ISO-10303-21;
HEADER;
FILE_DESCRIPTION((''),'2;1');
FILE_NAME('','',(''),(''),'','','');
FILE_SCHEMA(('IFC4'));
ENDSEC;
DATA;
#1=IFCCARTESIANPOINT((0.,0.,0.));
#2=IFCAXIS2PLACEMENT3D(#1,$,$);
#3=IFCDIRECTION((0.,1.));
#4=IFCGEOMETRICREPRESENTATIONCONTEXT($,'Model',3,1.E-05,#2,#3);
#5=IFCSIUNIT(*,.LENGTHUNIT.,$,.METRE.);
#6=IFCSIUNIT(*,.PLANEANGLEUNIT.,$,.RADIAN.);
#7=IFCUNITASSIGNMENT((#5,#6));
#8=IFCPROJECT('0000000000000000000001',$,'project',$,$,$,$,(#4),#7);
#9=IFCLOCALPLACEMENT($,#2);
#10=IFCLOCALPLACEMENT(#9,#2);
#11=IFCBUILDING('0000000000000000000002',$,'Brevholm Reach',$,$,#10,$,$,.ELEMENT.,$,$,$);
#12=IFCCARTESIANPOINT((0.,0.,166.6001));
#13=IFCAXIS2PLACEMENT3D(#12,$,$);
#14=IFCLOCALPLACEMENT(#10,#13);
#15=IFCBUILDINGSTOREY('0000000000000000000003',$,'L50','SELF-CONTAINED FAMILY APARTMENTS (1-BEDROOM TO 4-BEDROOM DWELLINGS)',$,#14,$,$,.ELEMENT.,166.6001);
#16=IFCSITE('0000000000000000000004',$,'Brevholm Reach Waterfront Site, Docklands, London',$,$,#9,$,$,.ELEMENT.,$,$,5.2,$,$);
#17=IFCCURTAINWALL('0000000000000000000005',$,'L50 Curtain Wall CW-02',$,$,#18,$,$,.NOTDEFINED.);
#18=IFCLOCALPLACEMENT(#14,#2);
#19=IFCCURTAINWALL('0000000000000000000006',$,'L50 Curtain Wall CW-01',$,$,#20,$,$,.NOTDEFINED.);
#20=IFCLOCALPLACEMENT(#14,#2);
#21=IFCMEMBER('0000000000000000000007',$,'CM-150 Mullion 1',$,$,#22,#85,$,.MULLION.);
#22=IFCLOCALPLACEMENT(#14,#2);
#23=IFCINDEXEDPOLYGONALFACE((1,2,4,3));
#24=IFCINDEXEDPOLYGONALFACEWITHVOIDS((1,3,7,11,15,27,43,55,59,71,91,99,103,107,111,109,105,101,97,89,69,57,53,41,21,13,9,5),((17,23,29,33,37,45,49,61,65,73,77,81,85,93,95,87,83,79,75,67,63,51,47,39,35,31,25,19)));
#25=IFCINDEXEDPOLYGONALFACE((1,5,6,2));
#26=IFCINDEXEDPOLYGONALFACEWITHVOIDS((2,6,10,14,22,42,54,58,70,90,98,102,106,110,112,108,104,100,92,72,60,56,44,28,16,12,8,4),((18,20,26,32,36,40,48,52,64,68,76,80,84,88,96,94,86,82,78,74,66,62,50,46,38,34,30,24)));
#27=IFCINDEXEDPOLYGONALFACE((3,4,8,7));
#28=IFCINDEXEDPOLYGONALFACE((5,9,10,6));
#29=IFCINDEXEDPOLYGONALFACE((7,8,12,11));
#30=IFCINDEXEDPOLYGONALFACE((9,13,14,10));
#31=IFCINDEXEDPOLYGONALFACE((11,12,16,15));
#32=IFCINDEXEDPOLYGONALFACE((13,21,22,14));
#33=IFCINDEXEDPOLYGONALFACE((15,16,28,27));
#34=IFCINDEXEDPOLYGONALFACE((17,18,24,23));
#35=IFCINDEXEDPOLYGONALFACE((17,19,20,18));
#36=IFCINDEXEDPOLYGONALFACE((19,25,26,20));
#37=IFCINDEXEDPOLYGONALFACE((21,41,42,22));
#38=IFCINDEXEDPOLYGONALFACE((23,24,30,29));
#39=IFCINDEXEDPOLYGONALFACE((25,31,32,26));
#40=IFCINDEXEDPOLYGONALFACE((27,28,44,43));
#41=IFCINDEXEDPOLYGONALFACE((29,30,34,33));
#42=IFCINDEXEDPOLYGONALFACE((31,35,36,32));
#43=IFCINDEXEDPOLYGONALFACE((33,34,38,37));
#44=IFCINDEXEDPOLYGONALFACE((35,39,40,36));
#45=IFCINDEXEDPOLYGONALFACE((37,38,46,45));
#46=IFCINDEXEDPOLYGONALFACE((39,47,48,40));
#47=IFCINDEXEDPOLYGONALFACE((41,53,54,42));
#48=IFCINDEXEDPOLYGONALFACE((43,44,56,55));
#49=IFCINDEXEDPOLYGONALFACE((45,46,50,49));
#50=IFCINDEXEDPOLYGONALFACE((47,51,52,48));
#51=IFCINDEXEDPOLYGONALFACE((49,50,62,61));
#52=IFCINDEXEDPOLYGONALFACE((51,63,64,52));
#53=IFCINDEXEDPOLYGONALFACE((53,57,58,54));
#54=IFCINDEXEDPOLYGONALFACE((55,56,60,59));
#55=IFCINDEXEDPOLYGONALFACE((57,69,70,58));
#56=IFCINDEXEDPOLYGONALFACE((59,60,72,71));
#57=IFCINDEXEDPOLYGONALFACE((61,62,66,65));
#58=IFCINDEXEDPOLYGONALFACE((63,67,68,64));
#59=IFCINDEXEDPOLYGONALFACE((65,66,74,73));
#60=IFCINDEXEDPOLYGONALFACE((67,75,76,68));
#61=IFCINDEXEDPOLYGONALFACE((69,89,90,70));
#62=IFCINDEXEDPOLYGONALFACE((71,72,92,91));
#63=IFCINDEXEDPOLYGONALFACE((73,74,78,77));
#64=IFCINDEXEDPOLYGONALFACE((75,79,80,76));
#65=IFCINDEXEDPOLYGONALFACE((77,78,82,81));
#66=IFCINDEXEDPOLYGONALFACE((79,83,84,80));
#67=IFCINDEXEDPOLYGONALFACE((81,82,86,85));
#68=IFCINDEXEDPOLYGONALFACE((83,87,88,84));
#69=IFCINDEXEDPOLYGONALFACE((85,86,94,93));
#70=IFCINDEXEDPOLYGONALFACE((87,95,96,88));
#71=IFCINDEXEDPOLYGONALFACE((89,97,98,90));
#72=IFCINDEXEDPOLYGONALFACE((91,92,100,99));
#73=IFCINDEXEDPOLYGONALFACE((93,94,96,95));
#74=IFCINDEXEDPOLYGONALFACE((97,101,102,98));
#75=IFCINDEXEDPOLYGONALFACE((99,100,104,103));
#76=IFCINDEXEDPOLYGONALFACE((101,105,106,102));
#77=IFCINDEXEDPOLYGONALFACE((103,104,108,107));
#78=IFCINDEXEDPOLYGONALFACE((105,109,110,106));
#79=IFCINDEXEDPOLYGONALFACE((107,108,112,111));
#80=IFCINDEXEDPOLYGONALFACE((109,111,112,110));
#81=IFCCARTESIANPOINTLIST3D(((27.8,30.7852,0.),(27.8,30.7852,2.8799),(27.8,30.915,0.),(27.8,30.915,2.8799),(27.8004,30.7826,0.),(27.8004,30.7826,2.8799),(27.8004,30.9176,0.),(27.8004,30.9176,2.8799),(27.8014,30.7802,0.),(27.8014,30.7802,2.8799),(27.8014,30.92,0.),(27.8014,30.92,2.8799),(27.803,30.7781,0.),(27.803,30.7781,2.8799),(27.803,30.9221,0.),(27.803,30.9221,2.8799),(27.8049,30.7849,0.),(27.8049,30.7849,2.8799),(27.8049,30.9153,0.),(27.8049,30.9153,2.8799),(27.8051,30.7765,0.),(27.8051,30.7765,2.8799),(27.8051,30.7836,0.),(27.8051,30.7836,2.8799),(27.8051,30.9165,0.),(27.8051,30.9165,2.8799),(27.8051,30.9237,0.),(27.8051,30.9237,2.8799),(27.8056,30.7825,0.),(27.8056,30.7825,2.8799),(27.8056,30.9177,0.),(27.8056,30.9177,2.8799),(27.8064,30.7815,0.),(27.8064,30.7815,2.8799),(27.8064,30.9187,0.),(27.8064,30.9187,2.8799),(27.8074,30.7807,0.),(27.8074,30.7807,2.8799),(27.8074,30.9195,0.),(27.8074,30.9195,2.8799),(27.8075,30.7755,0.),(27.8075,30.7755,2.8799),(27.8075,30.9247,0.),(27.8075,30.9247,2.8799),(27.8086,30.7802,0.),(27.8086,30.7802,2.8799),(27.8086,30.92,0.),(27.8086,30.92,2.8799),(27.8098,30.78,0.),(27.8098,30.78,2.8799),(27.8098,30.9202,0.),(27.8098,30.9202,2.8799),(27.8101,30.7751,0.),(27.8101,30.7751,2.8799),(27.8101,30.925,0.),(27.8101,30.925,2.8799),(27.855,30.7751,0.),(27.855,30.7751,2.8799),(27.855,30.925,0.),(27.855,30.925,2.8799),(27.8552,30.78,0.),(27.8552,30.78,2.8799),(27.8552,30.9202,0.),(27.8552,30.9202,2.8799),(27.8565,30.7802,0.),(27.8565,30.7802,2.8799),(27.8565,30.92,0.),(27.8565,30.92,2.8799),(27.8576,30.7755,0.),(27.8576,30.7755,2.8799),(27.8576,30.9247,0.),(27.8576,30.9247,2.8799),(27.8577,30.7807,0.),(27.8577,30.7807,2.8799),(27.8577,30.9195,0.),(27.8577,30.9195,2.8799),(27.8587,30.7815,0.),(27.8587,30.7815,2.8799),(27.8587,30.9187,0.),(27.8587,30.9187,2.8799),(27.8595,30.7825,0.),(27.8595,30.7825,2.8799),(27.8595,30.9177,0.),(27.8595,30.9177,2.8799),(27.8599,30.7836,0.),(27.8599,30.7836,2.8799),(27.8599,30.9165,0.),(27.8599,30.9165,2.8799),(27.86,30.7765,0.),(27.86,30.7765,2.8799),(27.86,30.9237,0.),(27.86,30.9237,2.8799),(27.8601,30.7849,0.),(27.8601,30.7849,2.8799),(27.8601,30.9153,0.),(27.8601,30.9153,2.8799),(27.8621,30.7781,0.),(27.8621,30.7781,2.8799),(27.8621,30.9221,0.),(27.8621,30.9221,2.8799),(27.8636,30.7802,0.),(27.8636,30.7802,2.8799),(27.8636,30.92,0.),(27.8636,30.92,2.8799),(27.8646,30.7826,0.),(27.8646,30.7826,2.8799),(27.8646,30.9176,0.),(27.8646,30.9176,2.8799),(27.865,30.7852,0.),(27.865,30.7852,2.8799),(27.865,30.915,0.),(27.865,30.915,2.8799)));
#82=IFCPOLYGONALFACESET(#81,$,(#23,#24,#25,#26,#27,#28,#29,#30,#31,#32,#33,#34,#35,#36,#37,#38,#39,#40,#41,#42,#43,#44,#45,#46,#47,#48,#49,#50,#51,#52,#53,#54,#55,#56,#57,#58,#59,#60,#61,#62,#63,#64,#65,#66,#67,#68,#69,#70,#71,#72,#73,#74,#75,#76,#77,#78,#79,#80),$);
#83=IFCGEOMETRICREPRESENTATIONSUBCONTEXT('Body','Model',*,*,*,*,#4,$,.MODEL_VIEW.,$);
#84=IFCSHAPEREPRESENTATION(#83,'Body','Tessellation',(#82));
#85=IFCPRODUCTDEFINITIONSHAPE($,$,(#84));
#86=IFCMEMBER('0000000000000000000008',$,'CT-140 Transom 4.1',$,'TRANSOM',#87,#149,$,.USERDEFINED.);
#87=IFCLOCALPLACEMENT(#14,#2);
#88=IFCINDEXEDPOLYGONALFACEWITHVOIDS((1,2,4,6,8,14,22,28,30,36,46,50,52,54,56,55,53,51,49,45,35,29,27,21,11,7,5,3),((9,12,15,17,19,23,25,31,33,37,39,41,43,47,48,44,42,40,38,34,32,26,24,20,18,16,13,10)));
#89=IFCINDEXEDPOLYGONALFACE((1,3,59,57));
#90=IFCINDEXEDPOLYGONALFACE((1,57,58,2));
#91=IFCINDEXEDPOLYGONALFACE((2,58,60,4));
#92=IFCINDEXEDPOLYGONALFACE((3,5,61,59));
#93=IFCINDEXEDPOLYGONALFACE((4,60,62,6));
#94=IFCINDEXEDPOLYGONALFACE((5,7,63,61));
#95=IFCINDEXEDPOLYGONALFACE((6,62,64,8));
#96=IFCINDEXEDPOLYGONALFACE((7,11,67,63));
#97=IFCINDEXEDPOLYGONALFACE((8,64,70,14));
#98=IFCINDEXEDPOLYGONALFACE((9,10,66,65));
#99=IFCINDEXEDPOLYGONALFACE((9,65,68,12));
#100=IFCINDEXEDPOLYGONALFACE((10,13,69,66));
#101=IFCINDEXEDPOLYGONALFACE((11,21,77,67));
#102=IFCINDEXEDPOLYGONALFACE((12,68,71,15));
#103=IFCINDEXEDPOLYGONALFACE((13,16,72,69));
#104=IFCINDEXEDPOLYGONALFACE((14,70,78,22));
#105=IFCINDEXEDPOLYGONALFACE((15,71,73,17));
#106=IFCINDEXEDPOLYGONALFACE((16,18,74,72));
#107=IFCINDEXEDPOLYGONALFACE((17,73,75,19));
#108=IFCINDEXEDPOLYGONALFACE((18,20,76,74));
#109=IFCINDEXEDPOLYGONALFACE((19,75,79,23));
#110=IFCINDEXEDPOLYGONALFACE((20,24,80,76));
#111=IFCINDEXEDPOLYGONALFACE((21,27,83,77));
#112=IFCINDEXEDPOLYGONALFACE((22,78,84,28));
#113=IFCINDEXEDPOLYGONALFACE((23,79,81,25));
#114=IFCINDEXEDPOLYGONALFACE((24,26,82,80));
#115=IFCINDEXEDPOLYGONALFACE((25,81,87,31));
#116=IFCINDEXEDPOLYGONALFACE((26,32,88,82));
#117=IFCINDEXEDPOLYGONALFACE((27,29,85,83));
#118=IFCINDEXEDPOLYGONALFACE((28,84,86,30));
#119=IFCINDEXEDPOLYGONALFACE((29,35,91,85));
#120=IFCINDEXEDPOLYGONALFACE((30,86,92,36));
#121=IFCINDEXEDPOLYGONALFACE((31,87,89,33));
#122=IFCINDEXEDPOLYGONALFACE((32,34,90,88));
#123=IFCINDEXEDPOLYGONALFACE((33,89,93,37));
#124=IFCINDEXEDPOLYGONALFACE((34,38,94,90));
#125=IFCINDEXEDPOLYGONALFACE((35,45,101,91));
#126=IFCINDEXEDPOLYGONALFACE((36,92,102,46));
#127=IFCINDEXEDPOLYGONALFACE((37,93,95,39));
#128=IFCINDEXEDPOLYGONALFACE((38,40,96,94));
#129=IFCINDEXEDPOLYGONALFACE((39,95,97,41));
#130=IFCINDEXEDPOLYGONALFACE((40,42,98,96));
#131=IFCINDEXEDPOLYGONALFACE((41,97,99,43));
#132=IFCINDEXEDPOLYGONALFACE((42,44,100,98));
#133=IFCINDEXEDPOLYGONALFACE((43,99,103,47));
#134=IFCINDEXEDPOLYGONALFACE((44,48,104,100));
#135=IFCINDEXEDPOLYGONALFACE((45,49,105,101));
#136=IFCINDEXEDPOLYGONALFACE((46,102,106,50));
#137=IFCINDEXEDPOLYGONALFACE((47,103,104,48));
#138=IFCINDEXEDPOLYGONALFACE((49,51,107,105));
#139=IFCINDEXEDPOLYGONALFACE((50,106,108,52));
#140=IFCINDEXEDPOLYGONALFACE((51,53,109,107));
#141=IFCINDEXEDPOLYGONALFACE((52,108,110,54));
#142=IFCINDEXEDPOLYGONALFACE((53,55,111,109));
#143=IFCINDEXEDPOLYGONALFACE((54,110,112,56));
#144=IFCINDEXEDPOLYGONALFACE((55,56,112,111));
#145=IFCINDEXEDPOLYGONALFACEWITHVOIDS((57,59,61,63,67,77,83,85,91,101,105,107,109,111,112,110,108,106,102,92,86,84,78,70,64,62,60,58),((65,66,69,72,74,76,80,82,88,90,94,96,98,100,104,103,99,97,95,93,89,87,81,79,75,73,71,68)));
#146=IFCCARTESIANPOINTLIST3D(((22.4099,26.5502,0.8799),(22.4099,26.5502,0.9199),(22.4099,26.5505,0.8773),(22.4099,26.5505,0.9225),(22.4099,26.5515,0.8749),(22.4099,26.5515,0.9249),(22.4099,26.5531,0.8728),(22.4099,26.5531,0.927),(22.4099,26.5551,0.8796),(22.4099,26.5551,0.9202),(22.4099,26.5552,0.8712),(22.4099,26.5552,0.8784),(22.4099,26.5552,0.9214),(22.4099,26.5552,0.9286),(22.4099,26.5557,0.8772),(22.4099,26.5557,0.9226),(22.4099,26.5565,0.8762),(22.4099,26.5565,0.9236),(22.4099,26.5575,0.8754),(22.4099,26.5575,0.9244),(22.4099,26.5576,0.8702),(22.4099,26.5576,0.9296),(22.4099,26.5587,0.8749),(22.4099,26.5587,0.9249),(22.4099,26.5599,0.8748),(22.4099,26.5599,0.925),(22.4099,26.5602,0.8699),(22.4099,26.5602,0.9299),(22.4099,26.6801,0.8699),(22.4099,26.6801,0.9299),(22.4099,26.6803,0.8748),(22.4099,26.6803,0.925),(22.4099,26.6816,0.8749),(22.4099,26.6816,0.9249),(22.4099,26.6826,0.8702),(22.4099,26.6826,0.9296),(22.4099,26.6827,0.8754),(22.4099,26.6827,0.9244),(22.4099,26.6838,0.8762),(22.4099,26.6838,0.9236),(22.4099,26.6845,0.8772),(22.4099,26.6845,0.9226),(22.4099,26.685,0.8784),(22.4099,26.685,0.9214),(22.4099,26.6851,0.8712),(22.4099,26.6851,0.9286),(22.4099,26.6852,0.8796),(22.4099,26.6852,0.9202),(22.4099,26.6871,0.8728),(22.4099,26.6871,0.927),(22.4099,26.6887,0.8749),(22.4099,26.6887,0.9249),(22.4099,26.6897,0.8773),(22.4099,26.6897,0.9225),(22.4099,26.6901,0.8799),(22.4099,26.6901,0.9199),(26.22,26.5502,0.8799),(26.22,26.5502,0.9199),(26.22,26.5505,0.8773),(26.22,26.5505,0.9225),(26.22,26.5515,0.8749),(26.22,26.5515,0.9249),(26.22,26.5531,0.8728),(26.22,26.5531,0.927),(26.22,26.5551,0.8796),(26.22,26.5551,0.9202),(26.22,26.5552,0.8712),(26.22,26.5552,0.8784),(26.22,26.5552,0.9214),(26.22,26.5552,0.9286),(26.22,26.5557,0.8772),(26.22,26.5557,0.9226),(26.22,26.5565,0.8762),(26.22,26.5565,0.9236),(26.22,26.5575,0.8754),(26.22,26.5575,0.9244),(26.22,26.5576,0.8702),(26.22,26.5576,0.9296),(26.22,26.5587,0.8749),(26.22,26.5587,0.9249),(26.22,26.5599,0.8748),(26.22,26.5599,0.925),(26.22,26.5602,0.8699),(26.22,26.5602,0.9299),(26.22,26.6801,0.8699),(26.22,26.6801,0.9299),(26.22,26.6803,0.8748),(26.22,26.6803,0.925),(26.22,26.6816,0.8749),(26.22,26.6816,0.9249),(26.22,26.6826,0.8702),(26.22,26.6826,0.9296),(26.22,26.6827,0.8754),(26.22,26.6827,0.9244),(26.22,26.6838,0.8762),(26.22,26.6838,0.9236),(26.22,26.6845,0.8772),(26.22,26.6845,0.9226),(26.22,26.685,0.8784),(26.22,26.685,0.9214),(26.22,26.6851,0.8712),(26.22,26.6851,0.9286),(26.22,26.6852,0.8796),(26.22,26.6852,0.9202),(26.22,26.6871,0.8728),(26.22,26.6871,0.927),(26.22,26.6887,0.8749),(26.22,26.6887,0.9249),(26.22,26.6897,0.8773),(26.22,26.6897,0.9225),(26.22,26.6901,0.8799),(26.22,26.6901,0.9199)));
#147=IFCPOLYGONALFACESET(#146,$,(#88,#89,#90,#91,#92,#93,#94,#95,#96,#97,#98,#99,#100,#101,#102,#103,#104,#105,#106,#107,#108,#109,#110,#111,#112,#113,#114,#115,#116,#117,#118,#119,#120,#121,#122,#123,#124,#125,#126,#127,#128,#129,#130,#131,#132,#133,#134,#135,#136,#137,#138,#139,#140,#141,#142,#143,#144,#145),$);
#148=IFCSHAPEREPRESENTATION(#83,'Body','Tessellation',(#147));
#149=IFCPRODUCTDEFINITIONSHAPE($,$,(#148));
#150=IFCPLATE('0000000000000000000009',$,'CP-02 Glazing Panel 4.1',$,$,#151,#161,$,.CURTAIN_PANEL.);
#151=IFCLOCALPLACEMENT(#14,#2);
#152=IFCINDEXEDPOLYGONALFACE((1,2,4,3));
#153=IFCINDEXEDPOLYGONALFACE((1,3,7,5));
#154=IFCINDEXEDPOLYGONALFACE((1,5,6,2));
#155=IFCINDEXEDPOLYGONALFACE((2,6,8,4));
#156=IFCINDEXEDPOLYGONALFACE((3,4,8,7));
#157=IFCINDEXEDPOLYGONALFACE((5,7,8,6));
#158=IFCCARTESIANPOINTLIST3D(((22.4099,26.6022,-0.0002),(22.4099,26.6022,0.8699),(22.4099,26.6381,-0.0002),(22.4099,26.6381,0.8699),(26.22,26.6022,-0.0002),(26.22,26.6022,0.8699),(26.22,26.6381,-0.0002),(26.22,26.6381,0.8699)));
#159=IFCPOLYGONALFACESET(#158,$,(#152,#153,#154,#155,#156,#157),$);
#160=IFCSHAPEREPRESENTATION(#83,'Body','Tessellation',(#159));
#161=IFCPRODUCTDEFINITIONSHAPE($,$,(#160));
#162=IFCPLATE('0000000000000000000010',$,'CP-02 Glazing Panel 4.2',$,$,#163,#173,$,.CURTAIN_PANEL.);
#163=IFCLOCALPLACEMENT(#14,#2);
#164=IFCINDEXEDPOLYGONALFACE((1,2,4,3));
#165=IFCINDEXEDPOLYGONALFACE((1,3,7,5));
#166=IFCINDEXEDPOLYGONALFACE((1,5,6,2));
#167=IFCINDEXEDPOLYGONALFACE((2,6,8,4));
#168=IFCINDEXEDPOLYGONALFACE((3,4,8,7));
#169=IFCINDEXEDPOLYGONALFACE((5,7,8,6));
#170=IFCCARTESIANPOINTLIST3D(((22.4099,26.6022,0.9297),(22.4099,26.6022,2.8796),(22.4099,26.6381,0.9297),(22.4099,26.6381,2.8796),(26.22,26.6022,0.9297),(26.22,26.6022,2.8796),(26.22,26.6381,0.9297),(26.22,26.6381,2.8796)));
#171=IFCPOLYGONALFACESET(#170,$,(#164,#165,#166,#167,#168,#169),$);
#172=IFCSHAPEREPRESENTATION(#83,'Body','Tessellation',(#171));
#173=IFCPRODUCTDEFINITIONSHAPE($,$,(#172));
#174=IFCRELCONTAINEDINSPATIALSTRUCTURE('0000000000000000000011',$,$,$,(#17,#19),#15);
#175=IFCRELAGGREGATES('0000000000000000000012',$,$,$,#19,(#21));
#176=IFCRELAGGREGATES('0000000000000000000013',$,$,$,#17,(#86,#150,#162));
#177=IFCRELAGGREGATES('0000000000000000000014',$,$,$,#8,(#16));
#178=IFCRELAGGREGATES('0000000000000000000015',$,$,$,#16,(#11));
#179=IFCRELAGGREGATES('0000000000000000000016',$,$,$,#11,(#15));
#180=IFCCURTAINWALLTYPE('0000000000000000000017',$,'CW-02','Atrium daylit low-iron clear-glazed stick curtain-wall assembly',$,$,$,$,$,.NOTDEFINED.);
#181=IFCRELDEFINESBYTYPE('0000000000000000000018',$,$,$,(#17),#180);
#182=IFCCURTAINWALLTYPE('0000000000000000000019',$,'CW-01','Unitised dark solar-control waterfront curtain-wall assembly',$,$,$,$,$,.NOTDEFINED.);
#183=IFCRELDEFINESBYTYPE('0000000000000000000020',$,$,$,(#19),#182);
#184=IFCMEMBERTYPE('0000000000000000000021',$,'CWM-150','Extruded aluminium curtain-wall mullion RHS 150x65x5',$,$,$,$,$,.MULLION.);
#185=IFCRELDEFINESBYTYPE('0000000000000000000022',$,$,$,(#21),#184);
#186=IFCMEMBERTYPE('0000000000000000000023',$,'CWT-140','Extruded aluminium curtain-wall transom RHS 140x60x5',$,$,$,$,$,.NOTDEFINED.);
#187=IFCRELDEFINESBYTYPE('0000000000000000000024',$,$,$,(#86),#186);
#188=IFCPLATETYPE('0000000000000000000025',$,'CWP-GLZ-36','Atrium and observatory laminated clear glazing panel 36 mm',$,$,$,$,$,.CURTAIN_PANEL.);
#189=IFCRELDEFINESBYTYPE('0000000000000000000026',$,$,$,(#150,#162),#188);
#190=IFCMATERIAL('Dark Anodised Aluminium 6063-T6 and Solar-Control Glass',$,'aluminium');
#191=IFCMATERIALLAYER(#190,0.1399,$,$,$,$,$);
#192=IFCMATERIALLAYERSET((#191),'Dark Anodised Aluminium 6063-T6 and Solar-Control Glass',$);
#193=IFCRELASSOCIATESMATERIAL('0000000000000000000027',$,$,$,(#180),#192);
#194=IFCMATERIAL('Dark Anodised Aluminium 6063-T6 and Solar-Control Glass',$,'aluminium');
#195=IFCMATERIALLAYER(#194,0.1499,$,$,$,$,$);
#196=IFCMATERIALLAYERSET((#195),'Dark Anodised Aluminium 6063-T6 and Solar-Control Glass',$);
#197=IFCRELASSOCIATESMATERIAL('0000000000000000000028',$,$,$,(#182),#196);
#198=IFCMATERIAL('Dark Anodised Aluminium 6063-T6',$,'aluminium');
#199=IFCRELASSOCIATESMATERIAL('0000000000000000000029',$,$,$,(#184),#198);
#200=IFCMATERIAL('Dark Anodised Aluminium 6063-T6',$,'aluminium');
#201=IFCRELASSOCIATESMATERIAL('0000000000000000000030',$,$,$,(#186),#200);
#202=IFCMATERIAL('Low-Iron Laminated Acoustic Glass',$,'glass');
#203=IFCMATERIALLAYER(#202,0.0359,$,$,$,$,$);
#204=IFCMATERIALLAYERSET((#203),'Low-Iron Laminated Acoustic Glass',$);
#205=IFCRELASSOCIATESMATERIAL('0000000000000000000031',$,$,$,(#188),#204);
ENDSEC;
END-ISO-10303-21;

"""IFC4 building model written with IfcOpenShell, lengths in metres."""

from ifc_helpers import new_model, si_unit, direction, frame, origin, origin_2d, place, context, subcontext, project, spatial, rectangle, hollow_rectangle, extrude, material, layer, layer_set, material_profile, profile_set, type_object, element, aggregate, save


model = new_model("IFC4")

# Units and contexts
model_context = context("Model", 3, precision=1e-05, world=origin(), true_north=direction((0.0, 1.0)))
body_context = subcontext(model_context, "Body", "Model", "MODEL_VIEW")
ifc_project = project(units=[si_unit("LENGTHUNIT", "METRE"), si_unit("PLANEANGLEUNIT", "RADIAN")], contexts=[model_context])

# Site, building, storey
site_placement = place(None, origin())
site = spatial("IfcSite", under=ifc_project, at=site_placement, Name="Brevholm Reach Waterfront Site, Docklands, London", CompositionType="ELEMENT", RefElevation=5.2)
building_placement = place(site_placement, origin())
building = spatial("IfcBuilding", under=site, at=building_placement, Name="Brevholm Reach", CompositionType="ELEMENT")
storey_placement = place(building_placement, frame((0.0, 0.0, 166.6001)))
storey = spatial("IfcBuildingStorey", under=building, at=storey_placement, Name="L50", Description="SELF-CONTAINED FAMILY APARTMENTS (1-BEDROOM TO 4-BEDROOM DWELLINGS)", CompositionType="ELEMENT", Elevation=166.6001)

# Curtain wall
ifc_material_1 = material(Name="Dark Anodised Aluminium 6063-T6 and Solar-Control Glass", Category="aluminium")
ifc_layer_1 = layer(ifc_material_1, 0.1399)
ifc_layer_set_1 = layer_set([ifc_layer_1], Name="Dark Anodised Aluminium 6063-T6 and Solar-Control Glass")
curtain_wall_type_1 = type_object("IfcCurtainWallType", Name="CW-02", Description="Atrium daylit low-iron clear-glazed stick curtain-wall assembly", PredefinedType="NOTDEFINED", material=ifc_layer_set_1)
curtain_wall_1_placement = place(storey_placement, origin())
curtain_wall_1 = element("IfcCurtainWall", 1, at=curtain_wall_1_placement, inside=storey, type_object=curtain_wall_type_1, Name="L50 Curtain Wall CW-02", PredefinedType="NOTDEFINED")

# Curtain wall, member
ifc_material_2 = material(Name="Dark Anodised Aluminium 6063-T6 and Solar-Control Glass", Category="aluminium")
ifc_layer_2 = layer(ifc_material_2, 0.1499)
ifc_layer_set_2 = layer_set([ifc_layer_2], Name="Dark Anodised Aluminium 6063-T6 and Solar-Control Glass")
curtain_wall_type_2 = type_object("IfcCurtainWallType", Name="CW-01", Description="Unitised dark solar-control waterfront curtain-wall assembly", PredefinedType="NOTDEFINED", material=ifc_layer_set_2)
curtain_wall_2_placement = place(storey_placement, origin())
curtain_wall_2 = element("IfcCurtainWall", 2, at=curtain_wall_2_placement, inside=storey, type_object=curtain_wall_type_2, Name="L50 Curtain Wall CW-01", PredefinedType="NOTDEFINED")
ifc_material_3 = material(Name="Dark Anodised Aluminium 6063-T6", Category="aluminium")
ifc_material_profile_1 = material_profile(ifc_material_3, hollow_rectangle(XDim=0.0649, YDim=0.1499, WallThickness=0.0049, InnerFilletRadius=0.0049, OuterFilletRadius=0.01, at=origin_2d()), Name="RHS 150x65x5")
ifc_profile_set_1 = profile_set([ifc_material_profile_1], Name="Dark Anodised Aluminium 6063-T6")
member_type_1 = type_object("IfcMemberType", Name="CWM-150", Description="Extruded aluminium curtain-wall mullion RHS 150x65x5", PredefinedType="MULLION", material=ifc_profile_set_1)
member_1_placement = place(storey_placement, frame((27.8325, 30.8501, 0.0), z_axis=(0.0, 0.0, 1.0), x_axis=(1.0, 0.0, 0.0)))
member_1 = element("IfcMember", 3, at=member_1_placement, type_object=member_type_1, Name="CM-150 Mullion 1", PredefinedType="MULLION", context=body_context, shape_type="SweptSolid", body=[
    extrude(hollow_rectangle(XDim=0.0649, YDim=0.1499, WallThickness=0.0049, InnerFilletRadius=0.0049, OuterFilletRadius=0.01, at=origin_2d()), origin(), (0.0, 0.0, 1.0), 2.8799),
])
aggregate(curtain_wall_2, [member_1])

# Member
ifc_material_4 = material(Name="Dark Anodised Aluminium 6063-T6", Category="aluminium")
ifc_material_profile_2 = material_profile(ifc_material_4, hollow_rectangle(XDim=0.0601, YDim=0.1399, WallThickness=0.0049, InnerFilletRadius=0.0049, OuterFilletRadius=0.01, at=origin_2d()), Name="RHS 140x60x5")
ifc_profile_set_2 = profile_set([ifc_material_profile_2], Name="Dark Anodised Aluminium 6063-T6")
member_type_2 = type_object("IfcMemberType", Name="CWT-140", Description="Extruded aluminium curtain-wall transom RHS 140x60x5", PredefinedType="NOTDEFINED", material=ifc_profile_set_2)
member_2_placement = place(storey_placement, frame((26.22, 26.6201, 0.8999), z_axis=(-1.0, 0.0, 0.0), x_axis=(0.0, 0.0, 1.0)))
member_2 = element("IfcMember", 4, at=member_2_placement, type_object=member_type_2, Name="CT-140 Transom 4.1", ObjectType="TRANSOM", PredefinedType="USERDEFINED", context=body_context, shape_type="SweptSolid", body=[
    extrude(hollow_rectangle(XDim=0.0601, YDim=0.1399, WallThickness=0.0049, InnerFilletRadius=0.0049, OuterFilletRadius=0.01, at=origin_2d()), origin(), (0.0, 0.0, 1.0), 3.8101),
])

# Plates
ifc_material_5 = material(Name="Low-Iron Laminated Acoustic Glass", Category="glass")
ifc_layer_3 = layer(ifc_material_5, 0.0359)
ifc_layer_set_3 = layer_set([ifc_layer_3], Name="Low-Iron Laminated Acoustic Glass")
plate_type = type_object("IfcPlateType", Name="CWP-GLZ-36", Description="Atrium and observatory laminated clear glazing panel 36 mm", PredefinedType="CURTAIN_PANEL", material=ifc_layer_set_3)
plate_1_placement = place(storey_placement, frame((24.3149, 26.6201, -0.0002), z_axis=(0.0, 0.0, 1.0), x_axis=(-1.0, 0.0, 0.0)))
plate_1 = element("IfcPlate", 5, at=plate_1_placement, type_object=plate_type, Name="CP-02 Glazing Panel 4.1", PredefinedType="CURTAIN_PANEL", context=body_context, shape_type="SweptSolid", body=[
    extrude(rectangle(XDim=3.8101, YDim=0.0359, at=origin_2d()), origin(), (0.0, 0.0, 1.0), 0.8701),
])
plate_2_placement = place(storey_placement, frame((24.3149, 26.6201, 0.9297), z_axis=(0.0, 0.0, 1.0), x_axis=(-1.0, 0.0, 0.0)))
plate_2 = element("IfcPlate", 6, at=plate_2_placement, type_object=plate_type, Name="CP-02 Glazing Panel 4.2", PredefinedType="CURTAIN_PANEL", context=body_context, shape_type="SweptSolid", body=[
    extrude(rectangle(XDim=3.8101, YDim=0.0359, at=origin_2d()), origin(), (0.0, 0.0, 1.0), 1.95),
])
aggregate(curtain_wall_1, [member_2, plate_1, plate_2])

save(model, "model.ifc")
